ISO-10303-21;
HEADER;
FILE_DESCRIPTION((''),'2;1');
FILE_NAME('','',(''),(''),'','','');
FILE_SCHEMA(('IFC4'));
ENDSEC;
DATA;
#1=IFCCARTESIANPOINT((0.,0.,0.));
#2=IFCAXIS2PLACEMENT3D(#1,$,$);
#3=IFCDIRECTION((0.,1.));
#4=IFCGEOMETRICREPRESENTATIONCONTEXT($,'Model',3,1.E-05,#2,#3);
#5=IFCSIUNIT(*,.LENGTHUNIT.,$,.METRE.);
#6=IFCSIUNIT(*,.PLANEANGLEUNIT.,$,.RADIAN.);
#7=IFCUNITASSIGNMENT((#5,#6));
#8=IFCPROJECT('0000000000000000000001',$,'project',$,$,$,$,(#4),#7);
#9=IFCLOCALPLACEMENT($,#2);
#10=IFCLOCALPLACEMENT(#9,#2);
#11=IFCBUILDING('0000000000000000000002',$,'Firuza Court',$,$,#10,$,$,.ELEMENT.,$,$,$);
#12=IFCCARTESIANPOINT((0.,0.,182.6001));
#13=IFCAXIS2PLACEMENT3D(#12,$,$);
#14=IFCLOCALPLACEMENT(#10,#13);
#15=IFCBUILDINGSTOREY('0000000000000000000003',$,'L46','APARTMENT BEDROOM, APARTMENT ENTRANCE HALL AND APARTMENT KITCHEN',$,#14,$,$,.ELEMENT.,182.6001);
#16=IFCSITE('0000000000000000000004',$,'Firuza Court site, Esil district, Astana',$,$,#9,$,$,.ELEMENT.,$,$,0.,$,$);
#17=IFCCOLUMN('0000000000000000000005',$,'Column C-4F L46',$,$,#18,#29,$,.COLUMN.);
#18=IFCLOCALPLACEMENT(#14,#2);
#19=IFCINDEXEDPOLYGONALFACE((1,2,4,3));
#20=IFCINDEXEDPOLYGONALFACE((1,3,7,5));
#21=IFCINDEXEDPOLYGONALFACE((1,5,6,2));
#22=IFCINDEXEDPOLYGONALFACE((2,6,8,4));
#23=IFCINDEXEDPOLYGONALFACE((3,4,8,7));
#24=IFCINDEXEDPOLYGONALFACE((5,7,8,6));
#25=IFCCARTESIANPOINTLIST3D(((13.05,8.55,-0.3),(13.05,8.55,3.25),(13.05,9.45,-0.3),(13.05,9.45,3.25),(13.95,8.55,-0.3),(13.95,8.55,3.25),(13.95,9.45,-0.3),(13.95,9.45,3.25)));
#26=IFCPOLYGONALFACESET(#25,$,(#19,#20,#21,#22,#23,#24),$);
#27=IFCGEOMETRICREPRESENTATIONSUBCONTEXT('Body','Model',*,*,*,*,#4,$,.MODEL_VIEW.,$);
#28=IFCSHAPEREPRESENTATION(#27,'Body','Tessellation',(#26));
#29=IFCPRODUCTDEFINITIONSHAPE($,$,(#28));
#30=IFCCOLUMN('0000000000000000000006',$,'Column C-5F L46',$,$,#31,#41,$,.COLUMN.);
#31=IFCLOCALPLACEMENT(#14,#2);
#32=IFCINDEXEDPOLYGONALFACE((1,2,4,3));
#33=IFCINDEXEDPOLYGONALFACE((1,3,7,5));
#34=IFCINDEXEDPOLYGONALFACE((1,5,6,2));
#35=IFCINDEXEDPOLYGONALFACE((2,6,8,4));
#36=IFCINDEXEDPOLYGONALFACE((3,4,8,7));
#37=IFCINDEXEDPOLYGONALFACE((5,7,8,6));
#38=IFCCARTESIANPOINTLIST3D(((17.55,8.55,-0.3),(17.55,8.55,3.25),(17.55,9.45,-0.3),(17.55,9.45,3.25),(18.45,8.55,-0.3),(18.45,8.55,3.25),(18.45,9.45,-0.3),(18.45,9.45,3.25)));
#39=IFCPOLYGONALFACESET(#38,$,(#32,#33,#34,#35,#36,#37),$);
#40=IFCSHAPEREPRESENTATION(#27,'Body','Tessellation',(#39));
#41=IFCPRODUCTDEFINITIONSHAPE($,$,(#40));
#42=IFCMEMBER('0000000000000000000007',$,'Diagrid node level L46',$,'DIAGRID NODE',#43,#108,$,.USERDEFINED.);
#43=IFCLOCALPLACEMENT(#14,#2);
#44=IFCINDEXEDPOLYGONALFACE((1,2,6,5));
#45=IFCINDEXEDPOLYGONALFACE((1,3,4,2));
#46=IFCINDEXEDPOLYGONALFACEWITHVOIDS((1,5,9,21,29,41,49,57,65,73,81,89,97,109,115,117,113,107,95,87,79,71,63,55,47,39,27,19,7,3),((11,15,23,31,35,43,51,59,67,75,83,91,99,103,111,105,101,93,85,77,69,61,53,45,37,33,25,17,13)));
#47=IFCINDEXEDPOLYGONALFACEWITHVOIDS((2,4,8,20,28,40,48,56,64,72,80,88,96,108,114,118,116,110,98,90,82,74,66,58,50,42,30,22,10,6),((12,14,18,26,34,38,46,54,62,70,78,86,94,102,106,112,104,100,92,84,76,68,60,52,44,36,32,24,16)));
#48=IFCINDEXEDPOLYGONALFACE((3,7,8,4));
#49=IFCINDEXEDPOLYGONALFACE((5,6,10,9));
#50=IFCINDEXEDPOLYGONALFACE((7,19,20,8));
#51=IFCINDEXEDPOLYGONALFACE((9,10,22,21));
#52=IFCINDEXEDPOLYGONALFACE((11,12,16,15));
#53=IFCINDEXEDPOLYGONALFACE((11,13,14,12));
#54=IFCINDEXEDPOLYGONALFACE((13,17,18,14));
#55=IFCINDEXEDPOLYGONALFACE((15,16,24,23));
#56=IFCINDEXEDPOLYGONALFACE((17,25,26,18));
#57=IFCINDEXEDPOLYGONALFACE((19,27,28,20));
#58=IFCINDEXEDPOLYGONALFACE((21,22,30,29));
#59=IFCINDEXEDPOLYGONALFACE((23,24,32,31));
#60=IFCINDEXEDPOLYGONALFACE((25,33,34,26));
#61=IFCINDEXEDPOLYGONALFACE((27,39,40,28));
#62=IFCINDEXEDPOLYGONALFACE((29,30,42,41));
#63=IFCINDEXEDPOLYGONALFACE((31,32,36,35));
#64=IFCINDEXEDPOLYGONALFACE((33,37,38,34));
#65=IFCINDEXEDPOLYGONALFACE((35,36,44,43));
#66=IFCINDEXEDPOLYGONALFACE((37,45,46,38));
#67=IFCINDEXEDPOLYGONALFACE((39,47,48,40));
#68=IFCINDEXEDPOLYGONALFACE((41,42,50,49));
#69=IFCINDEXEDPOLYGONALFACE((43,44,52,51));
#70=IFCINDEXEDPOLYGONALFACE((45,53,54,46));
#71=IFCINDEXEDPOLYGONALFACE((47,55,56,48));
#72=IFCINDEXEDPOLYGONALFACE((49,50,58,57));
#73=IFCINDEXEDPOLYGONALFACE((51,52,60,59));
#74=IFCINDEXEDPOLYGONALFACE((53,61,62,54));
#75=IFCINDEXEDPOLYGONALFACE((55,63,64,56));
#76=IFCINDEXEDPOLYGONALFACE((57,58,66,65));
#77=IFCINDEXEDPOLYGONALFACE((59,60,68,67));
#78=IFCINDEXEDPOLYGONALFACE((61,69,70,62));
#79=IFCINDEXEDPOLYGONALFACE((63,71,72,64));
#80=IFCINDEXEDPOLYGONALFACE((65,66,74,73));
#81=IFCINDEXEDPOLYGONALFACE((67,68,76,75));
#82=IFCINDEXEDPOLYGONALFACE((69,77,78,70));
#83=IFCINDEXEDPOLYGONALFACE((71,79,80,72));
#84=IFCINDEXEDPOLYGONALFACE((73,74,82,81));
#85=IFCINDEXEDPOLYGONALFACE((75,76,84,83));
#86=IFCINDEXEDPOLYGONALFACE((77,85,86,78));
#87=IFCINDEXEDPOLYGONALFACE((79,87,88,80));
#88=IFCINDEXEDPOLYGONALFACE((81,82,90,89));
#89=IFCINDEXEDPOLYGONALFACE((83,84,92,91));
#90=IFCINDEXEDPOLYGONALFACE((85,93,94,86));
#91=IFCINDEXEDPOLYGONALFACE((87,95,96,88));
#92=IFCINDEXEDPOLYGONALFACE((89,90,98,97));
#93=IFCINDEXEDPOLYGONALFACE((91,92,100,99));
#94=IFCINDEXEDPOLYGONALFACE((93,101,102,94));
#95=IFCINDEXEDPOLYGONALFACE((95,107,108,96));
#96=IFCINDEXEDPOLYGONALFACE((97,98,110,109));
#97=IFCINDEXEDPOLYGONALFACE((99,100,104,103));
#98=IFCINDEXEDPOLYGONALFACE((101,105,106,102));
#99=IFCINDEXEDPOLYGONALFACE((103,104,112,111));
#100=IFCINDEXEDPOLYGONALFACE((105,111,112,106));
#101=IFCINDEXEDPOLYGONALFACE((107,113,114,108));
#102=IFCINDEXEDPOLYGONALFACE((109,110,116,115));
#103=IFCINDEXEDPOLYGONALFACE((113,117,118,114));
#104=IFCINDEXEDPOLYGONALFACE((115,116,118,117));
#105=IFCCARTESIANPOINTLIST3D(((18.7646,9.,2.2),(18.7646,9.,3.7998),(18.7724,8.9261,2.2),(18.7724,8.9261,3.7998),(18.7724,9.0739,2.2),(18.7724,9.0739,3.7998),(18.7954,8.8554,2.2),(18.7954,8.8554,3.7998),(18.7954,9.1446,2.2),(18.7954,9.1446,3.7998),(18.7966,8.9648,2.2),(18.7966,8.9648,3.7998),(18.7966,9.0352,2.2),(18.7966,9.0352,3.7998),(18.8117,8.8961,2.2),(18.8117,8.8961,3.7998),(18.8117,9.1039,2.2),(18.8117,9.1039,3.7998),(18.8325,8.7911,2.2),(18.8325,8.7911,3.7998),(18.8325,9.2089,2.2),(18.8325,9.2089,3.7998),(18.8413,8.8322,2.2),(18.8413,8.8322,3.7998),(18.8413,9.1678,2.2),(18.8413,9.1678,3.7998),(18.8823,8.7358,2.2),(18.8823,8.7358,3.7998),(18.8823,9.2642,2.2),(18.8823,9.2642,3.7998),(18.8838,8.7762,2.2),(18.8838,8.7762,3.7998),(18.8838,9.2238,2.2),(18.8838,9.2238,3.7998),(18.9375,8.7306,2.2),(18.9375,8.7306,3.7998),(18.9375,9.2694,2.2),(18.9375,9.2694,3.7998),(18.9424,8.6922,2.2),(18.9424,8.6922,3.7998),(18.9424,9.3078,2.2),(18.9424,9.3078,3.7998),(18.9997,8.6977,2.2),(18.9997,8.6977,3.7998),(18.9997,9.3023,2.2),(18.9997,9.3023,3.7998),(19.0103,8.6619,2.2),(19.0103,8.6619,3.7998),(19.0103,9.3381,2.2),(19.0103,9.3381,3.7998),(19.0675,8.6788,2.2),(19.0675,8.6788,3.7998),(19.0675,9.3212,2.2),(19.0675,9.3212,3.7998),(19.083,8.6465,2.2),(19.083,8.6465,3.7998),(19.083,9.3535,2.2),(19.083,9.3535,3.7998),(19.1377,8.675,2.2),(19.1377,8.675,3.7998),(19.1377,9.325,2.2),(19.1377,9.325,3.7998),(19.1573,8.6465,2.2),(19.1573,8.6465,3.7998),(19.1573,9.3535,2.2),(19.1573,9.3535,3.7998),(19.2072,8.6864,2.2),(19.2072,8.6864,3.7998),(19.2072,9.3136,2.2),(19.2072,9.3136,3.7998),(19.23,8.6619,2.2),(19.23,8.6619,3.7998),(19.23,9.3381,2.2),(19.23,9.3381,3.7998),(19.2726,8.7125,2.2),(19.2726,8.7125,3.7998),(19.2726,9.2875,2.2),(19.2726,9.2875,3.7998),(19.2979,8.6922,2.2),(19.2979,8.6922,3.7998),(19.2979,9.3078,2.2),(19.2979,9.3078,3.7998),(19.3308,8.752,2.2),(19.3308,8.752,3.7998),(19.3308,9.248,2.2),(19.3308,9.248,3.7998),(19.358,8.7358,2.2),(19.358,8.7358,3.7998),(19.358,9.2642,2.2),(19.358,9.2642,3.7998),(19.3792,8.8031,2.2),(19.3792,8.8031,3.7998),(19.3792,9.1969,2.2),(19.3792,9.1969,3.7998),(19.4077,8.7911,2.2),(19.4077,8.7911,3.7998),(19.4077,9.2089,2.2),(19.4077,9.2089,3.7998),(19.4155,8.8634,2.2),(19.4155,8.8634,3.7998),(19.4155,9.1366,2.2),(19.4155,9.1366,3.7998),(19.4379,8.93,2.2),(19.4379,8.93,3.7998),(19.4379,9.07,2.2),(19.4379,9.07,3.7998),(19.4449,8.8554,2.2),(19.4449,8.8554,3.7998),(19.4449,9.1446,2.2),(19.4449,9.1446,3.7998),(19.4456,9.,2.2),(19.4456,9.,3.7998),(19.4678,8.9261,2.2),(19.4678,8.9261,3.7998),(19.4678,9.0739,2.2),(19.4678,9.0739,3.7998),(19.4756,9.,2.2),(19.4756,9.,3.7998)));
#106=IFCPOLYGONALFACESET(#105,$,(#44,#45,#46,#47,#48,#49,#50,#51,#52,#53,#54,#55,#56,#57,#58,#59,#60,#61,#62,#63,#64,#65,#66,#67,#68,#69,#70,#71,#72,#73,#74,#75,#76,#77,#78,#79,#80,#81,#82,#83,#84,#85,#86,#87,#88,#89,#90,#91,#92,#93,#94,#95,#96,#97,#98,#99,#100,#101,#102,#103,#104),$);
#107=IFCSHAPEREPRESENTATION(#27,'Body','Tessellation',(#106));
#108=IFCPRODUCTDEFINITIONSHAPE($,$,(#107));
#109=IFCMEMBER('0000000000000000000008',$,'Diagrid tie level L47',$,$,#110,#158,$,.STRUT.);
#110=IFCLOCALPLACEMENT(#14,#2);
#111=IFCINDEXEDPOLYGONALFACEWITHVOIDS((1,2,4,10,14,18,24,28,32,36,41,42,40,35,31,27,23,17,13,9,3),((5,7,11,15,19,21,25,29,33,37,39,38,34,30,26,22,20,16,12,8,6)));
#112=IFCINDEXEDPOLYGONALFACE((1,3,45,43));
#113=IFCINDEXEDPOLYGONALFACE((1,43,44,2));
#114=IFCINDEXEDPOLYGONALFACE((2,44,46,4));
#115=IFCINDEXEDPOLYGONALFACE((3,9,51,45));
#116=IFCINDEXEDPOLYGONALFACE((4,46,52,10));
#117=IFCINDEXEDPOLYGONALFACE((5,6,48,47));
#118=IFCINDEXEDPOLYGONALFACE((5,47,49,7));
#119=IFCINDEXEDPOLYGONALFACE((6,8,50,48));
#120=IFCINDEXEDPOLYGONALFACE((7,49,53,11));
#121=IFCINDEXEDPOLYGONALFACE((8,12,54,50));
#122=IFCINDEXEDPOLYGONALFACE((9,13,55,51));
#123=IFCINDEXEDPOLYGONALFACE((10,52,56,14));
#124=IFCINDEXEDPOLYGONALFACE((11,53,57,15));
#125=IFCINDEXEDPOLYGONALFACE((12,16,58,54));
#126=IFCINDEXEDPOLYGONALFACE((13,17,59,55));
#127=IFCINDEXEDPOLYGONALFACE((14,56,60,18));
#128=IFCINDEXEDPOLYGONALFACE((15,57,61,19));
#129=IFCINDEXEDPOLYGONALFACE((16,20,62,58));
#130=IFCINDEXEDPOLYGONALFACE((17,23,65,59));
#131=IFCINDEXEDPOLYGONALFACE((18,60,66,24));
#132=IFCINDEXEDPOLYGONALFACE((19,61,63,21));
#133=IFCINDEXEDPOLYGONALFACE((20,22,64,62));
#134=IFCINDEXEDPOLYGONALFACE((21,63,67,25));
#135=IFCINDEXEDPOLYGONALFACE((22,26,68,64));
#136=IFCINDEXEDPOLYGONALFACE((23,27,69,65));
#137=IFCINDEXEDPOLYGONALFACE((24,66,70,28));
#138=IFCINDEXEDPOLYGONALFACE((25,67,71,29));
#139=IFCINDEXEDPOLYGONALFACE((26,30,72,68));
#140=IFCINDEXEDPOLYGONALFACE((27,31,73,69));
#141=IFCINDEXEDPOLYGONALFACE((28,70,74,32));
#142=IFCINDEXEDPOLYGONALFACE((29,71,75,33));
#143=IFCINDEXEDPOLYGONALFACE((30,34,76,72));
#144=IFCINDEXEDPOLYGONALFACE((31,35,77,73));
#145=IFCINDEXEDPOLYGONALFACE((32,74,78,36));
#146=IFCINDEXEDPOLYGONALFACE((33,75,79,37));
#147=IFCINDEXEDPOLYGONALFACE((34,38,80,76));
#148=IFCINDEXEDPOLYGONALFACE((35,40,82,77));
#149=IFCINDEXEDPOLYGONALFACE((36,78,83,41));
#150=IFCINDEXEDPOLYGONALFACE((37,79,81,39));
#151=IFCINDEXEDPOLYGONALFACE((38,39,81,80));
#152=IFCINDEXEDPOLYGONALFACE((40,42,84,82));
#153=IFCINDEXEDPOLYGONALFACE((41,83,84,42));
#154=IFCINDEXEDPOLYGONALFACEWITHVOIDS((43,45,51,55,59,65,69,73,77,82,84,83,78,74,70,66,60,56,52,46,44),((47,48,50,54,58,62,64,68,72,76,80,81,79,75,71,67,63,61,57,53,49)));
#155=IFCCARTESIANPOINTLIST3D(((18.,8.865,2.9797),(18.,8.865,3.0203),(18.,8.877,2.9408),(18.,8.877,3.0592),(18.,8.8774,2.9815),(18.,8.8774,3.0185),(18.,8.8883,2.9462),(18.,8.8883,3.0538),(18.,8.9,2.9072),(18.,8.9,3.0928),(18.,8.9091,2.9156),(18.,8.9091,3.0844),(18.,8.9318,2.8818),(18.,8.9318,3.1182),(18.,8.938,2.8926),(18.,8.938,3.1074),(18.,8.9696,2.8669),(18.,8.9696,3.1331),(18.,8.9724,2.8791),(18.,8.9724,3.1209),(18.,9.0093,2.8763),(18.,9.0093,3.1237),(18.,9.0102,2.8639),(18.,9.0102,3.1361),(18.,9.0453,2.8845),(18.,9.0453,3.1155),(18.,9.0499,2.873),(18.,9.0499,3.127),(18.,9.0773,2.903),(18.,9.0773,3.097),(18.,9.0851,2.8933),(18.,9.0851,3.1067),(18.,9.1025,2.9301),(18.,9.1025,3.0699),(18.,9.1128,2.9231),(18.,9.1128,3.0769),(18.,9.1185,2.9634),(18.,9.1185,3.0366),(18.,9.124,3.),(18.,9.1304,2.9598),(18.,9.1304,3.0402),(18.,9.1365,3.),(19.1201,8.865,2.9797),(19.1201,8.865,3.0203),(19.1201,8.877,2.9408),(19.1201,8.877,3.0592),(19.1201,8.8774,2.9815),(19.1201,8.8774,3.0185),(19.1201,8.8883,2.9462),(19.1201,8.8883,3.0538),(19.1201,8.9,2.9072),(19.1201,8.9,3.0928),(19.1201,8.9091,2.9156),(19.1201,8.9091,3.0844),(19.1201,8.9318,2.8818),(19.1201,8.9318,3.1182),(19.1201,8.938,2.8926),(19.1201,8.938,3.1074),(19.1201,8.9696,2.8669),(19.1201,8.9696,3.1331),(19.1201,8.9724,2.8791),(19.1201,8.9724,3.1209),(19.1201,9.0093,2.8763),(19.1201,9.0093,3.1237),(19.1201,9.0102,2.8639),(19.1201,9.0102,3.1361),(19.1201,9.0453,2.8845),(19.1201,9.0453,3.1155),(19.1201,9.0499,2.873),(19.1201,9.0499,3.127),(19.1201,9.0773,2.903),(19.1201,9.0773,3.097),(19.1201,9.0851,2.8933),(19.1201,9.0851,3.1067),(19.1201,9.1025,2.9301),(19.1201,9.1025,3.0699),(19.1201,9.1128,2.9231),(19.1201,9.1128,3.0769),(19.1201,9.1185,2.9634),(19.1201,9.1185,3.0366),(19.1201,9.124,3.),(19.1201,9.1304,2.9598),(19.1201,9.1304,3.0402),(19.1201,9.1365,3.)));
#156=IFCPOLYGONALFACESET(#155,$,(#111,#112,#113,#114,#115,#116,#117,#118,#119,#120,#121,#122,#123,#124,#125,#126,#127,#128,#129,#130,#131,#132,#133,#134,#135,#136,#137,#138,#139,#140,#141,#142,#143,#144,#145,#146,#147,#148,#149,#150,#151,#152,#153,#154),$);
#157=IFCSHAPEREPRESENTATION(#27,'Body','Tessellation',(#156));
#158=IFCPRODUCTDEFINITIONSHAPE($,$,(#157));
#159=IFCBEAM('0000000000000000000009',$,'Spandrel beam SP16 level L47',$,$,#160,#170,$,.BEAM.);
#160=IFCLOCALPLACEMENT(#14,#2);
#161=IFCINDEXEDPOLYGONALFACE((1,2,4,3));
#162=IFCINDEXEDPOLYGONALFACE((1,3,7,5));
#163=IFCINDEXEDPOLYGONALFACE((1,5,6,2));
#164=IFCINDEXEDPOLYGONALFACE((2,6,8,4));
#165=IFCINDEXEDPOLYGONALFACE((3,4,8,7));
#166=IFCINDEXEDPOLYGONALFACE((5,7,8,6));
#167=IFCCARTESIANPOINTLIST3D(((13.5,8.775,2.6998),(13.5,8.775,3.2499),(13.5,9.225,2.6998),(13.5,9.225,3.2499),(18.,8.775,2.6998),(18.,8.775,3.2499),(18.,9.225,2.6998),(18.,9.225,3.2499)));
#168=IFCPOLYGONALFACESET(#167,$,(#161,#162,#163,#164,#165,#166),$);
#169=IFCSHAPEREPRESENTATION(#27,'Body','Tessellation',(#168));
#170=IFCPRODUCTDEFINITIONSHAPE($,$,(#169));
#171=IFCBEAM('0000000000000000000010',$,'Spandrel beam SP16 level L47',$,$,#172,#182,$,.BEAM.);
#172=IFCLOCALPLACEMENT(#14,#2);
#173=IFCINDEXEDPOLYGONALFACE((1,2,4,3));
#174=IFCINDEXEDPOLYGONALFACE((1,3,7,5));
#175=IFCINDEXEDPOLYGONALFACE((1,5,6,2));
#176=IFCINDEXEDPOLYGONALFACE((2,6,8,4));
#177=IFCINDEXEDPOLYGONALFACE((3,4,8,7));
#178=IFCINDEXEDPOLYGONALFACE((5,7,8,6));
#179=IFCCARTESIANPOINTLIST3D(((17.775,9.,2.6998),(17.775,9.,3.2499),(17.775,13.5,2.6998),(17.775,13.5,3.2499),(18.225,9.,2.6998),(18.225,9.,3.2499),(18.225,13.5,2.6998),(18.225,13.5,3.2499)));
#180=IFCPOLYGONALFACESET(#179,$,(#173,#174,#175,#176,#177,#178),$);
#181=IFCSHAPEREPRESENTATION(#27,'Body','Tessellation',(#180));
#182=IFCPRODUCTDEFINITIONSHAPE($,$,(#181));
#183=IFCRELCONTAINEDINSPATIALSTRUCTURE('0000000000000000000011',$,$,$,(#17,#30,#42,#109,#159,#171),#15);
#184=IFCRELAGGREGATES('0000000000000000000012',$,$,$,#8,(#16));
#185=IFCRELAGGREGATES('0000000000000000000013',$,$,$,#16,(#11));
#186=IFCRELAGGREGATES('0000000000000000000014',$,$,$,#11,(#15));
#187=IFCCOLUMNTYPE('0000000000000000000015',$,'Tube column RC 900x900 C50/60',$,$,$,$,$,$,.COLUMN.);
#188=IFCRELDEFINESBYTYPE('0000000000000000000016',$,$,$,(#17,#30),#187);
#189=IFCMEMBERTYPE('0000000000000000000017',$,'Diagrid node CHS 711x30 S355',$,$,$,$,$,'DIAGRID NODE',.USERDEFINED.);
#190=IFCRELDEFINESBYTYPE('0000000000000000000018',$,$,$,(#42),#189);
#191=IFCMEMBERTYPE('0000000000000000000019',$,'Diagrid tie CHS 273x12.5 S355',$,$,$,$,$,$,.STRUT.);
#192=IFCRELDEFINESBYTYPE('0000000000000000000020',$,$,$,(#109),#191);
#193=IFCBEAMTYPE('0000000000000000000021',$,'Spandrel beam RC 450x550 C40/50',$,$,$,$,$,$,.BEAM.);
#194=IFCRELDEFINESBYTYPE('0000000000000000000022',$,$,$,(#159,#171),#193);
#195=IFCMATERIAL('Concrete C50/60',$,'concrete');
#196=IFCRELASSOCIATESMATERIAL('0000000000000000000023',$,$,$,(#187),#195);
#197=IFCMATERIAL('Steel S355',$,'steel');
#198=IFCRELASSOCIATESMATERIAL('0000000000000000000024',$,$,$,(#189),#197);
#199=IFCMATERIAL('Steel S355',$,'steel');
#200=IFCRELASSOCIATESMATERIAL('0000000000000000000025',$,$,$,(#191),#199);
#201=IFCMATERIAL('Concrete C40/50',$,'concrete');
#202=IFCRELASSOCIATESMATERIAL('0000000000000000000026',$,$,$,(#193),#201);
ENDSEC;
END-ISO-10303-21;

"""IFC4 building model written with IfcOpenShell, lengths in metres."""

from ifc_helpers import new_model, si_unit, direction, frame, origin, origin_2d, place, context, subcontext, project, spatial, rectangle, hollow_circle, extrude, material, material_profile, profile_set, type_object, element, save


model = new_model("IFC4")

# Units and contexts
model_context = context("Model", 3, precision=1e-05, world=origin(), true_north=direction((0.0, 1.0)))
body_context = subcontext(model_context, "Body", "Model", "MODEL_VIEW")
ifc_project = project(units=[si_unit("LENGTHUNIT", "METRE"), si_unit("PLANEANGLEUNIT", "RADIAN")], contexts=[model_context])

# Site, building, storey
site_placement = place(None, origin())
site = spatial("IfcSite", under=ifc_project, at=site_placement, Name="Firuza Court site, Esil district, Astana", CompositionType="ELEMENT", RefElevation=0.0)
building_placement = place(site_placement, origin())
building = spatial("IfcBuilding", under=site, at=building_placement, Name="Firuza Court", CompositionType="ELEMENT")
storey_placement = place(building_placement, frame((0.0, 0.0, 182.6001)))
storey = spatial("IfcBuildingStorey", under=building, at=storey_placement, Name="L46", Description="APARTMENT BEDROOM, APARTMENT ENTRANCE HALL AND APARTMENT KITCHEN", CompositionType="ELEMENT", Elevation=182.6001)

# Columns
ifc_material_1 = material(Name="Concrete C50/60", Category="concrete")
ifc_material_profile_1 = material_profile(ifc_material_1, rectangle(XDim=0.8999, YDim=0.8999, at=origin_2d()), Name="RC 900x900")
ifc_profile_set_1 = profile_set([ifc_material_profile_1], Name="Concrete C50/60")
column_type = type_object("IfcColumnType", Name="Tube column RC 900x900 C50/60", PredefinedType="COLUMN", material=ifc_profile_set_1)
for number, where, z_axis, x_axis, name in (
    (1, (13.5, 9.0, -0.3), (0.0, 0.0, 1.0), (1.0, 0.0, 0.0), "Column C-4F L46"),
    (2, (18.0, 9.0, -0.3), (0.0, 0.0, 1.0), (1.0, 0.0, 0.0), "Column C-5F L46"),
):
    element("IfcColumn", number, at=place(storey_placement, frame(where, z_axis=z_axis, x_axis=x_axis)), inside=storey, type_object=column_type, Name=name, PredefinedType="COLUMN", context=body_context, shape_type="SweptSolid", body=[
        extrude(rectangle(XDim=0.8999, YDim=0.8999, at=origin_2d()), origin(), (0.0, 0.0, 1.0), 3.55),
    ])

# Members
ifc_material_2 = material(Name="Steel S355", Category="steel")
ifc_material_profile_2 = material_profile(ifc_material_2, hollow_circle(Radius=0.3555, WallThickness=0.03, at=origin_2d()), Name="CHS 711x30")
ifc_profile_set_2 = profile_set([ifc_material_profile_2], Name="Steel S355")
member_type_1 = type_object("IfcMemberType", Name="Diagrid node CHS 711x30 S355", ElementType="DIAGRID NODE", PredefinedType="USERDEFINED", material=ifc_profile_set_2)
member_1_placement = place(storey_placement, frame((19.1201, 9.0, 2.2), z_axis=(0.0, 0.0, 1.0), x_axis=(1.0, 0.0, 0.0)))
element("IfcMember", 3, at=member_1_placement, inside=storey, type_object=member_type_1, Name="Diagrid node level L46", ObjectType="DIAGRID NODE", PredefinedType="USERDEFINED", context=body_context, shape_type="SweptSolid", body=[
    extrude(hollow_circle(Radius=0.3555, WallThickness=0.03, at=origin_2d()), origin(), (0.0, 0.0, 1.0), 1.5999),
])
ifc_material_3 = material(Name="Steel S355", Category="steel")
ifc_material_profile_3 = material_profile(ifc_material_3, hollow_circle(Radius=0.1365, WallThickness=0.0125, at=origin_2d()), Name="CHS 273x12.5")
ifc_profile_set_3 = profile_set([ifc_material_profile_3], Name="Steel S355")
member_type_2 = type_object("IfcMemberType", Name="Diagrid tie CHS 273x12.5 S355", PredefinedType="STRUT", material=ifc_profile_set_3)
member_2_placement = place(storey_placement, frame((18.0, 9.0, 3.0), z_axis=(1.0, 0.0, 0.0), x_axis=(0.0, 1.0, 0.0)))
element("IfcMember", 4, at=member_2_placement, inside=storey, type_object=member_type_2, Name="Diagrid tie level L47", PredefinedType="STRUT", context=body_context, shape_type="SweptSolid", body=[
    extrude(hollow_circle(Radius=0.1365, WallThickness=0.0125, at=origin_2d()), origin(), (0.0, 0.0, 1.0), 1.1201),
])

# Beams
ifc_material_4 = material(Name="Concrete C40/50", Category="concrete")
ifc_material_profile_4 = material_profile(ifc_material_4, rectangle(XDim=0.45, YDim=0.55, at=origin_2d()), Name="RC 450x550")
ifc_profile_set_4 = profile_set([ifc_material_profile_4], Name="Concrete C40/50")
beam_type = type_object("IfcBeamType", Name="Spandrel beam RC 450x550 C40/50", PredefinedType="BEAM", material=ifc_profile_set_4)
for number, where, z_axis, x_axis, name in (
    (5, (13.5, 9.0, 2.9749), (1.0, 0.0, 0.0), (0.0, 1.0, 0.0), "Spandrel beam SP16 level L47"),
    (6, (18.0, 9.0, 2.9749), (0.0, 1.0, 0.0), (-1.0, 0.0, 0.0), "Spandrel beam SP16 level L47"),
):
    element("IfcBeam", number, at=place(storey_placement, frame(where, z_axis=z_axis, x_axis=x_axis)), inside=storey, type_object=beam_type, Name=name, PredefinedType="BEAM", context=body_context, shape_type="SweptSolid", body=[
        extrude(rectangle(XDim=0.45, YDim=0.55, at=origin_2d()), origin(), (0.0, 0.0, 1.0), 4.5),
    ])

save(model, "model.ifc")
